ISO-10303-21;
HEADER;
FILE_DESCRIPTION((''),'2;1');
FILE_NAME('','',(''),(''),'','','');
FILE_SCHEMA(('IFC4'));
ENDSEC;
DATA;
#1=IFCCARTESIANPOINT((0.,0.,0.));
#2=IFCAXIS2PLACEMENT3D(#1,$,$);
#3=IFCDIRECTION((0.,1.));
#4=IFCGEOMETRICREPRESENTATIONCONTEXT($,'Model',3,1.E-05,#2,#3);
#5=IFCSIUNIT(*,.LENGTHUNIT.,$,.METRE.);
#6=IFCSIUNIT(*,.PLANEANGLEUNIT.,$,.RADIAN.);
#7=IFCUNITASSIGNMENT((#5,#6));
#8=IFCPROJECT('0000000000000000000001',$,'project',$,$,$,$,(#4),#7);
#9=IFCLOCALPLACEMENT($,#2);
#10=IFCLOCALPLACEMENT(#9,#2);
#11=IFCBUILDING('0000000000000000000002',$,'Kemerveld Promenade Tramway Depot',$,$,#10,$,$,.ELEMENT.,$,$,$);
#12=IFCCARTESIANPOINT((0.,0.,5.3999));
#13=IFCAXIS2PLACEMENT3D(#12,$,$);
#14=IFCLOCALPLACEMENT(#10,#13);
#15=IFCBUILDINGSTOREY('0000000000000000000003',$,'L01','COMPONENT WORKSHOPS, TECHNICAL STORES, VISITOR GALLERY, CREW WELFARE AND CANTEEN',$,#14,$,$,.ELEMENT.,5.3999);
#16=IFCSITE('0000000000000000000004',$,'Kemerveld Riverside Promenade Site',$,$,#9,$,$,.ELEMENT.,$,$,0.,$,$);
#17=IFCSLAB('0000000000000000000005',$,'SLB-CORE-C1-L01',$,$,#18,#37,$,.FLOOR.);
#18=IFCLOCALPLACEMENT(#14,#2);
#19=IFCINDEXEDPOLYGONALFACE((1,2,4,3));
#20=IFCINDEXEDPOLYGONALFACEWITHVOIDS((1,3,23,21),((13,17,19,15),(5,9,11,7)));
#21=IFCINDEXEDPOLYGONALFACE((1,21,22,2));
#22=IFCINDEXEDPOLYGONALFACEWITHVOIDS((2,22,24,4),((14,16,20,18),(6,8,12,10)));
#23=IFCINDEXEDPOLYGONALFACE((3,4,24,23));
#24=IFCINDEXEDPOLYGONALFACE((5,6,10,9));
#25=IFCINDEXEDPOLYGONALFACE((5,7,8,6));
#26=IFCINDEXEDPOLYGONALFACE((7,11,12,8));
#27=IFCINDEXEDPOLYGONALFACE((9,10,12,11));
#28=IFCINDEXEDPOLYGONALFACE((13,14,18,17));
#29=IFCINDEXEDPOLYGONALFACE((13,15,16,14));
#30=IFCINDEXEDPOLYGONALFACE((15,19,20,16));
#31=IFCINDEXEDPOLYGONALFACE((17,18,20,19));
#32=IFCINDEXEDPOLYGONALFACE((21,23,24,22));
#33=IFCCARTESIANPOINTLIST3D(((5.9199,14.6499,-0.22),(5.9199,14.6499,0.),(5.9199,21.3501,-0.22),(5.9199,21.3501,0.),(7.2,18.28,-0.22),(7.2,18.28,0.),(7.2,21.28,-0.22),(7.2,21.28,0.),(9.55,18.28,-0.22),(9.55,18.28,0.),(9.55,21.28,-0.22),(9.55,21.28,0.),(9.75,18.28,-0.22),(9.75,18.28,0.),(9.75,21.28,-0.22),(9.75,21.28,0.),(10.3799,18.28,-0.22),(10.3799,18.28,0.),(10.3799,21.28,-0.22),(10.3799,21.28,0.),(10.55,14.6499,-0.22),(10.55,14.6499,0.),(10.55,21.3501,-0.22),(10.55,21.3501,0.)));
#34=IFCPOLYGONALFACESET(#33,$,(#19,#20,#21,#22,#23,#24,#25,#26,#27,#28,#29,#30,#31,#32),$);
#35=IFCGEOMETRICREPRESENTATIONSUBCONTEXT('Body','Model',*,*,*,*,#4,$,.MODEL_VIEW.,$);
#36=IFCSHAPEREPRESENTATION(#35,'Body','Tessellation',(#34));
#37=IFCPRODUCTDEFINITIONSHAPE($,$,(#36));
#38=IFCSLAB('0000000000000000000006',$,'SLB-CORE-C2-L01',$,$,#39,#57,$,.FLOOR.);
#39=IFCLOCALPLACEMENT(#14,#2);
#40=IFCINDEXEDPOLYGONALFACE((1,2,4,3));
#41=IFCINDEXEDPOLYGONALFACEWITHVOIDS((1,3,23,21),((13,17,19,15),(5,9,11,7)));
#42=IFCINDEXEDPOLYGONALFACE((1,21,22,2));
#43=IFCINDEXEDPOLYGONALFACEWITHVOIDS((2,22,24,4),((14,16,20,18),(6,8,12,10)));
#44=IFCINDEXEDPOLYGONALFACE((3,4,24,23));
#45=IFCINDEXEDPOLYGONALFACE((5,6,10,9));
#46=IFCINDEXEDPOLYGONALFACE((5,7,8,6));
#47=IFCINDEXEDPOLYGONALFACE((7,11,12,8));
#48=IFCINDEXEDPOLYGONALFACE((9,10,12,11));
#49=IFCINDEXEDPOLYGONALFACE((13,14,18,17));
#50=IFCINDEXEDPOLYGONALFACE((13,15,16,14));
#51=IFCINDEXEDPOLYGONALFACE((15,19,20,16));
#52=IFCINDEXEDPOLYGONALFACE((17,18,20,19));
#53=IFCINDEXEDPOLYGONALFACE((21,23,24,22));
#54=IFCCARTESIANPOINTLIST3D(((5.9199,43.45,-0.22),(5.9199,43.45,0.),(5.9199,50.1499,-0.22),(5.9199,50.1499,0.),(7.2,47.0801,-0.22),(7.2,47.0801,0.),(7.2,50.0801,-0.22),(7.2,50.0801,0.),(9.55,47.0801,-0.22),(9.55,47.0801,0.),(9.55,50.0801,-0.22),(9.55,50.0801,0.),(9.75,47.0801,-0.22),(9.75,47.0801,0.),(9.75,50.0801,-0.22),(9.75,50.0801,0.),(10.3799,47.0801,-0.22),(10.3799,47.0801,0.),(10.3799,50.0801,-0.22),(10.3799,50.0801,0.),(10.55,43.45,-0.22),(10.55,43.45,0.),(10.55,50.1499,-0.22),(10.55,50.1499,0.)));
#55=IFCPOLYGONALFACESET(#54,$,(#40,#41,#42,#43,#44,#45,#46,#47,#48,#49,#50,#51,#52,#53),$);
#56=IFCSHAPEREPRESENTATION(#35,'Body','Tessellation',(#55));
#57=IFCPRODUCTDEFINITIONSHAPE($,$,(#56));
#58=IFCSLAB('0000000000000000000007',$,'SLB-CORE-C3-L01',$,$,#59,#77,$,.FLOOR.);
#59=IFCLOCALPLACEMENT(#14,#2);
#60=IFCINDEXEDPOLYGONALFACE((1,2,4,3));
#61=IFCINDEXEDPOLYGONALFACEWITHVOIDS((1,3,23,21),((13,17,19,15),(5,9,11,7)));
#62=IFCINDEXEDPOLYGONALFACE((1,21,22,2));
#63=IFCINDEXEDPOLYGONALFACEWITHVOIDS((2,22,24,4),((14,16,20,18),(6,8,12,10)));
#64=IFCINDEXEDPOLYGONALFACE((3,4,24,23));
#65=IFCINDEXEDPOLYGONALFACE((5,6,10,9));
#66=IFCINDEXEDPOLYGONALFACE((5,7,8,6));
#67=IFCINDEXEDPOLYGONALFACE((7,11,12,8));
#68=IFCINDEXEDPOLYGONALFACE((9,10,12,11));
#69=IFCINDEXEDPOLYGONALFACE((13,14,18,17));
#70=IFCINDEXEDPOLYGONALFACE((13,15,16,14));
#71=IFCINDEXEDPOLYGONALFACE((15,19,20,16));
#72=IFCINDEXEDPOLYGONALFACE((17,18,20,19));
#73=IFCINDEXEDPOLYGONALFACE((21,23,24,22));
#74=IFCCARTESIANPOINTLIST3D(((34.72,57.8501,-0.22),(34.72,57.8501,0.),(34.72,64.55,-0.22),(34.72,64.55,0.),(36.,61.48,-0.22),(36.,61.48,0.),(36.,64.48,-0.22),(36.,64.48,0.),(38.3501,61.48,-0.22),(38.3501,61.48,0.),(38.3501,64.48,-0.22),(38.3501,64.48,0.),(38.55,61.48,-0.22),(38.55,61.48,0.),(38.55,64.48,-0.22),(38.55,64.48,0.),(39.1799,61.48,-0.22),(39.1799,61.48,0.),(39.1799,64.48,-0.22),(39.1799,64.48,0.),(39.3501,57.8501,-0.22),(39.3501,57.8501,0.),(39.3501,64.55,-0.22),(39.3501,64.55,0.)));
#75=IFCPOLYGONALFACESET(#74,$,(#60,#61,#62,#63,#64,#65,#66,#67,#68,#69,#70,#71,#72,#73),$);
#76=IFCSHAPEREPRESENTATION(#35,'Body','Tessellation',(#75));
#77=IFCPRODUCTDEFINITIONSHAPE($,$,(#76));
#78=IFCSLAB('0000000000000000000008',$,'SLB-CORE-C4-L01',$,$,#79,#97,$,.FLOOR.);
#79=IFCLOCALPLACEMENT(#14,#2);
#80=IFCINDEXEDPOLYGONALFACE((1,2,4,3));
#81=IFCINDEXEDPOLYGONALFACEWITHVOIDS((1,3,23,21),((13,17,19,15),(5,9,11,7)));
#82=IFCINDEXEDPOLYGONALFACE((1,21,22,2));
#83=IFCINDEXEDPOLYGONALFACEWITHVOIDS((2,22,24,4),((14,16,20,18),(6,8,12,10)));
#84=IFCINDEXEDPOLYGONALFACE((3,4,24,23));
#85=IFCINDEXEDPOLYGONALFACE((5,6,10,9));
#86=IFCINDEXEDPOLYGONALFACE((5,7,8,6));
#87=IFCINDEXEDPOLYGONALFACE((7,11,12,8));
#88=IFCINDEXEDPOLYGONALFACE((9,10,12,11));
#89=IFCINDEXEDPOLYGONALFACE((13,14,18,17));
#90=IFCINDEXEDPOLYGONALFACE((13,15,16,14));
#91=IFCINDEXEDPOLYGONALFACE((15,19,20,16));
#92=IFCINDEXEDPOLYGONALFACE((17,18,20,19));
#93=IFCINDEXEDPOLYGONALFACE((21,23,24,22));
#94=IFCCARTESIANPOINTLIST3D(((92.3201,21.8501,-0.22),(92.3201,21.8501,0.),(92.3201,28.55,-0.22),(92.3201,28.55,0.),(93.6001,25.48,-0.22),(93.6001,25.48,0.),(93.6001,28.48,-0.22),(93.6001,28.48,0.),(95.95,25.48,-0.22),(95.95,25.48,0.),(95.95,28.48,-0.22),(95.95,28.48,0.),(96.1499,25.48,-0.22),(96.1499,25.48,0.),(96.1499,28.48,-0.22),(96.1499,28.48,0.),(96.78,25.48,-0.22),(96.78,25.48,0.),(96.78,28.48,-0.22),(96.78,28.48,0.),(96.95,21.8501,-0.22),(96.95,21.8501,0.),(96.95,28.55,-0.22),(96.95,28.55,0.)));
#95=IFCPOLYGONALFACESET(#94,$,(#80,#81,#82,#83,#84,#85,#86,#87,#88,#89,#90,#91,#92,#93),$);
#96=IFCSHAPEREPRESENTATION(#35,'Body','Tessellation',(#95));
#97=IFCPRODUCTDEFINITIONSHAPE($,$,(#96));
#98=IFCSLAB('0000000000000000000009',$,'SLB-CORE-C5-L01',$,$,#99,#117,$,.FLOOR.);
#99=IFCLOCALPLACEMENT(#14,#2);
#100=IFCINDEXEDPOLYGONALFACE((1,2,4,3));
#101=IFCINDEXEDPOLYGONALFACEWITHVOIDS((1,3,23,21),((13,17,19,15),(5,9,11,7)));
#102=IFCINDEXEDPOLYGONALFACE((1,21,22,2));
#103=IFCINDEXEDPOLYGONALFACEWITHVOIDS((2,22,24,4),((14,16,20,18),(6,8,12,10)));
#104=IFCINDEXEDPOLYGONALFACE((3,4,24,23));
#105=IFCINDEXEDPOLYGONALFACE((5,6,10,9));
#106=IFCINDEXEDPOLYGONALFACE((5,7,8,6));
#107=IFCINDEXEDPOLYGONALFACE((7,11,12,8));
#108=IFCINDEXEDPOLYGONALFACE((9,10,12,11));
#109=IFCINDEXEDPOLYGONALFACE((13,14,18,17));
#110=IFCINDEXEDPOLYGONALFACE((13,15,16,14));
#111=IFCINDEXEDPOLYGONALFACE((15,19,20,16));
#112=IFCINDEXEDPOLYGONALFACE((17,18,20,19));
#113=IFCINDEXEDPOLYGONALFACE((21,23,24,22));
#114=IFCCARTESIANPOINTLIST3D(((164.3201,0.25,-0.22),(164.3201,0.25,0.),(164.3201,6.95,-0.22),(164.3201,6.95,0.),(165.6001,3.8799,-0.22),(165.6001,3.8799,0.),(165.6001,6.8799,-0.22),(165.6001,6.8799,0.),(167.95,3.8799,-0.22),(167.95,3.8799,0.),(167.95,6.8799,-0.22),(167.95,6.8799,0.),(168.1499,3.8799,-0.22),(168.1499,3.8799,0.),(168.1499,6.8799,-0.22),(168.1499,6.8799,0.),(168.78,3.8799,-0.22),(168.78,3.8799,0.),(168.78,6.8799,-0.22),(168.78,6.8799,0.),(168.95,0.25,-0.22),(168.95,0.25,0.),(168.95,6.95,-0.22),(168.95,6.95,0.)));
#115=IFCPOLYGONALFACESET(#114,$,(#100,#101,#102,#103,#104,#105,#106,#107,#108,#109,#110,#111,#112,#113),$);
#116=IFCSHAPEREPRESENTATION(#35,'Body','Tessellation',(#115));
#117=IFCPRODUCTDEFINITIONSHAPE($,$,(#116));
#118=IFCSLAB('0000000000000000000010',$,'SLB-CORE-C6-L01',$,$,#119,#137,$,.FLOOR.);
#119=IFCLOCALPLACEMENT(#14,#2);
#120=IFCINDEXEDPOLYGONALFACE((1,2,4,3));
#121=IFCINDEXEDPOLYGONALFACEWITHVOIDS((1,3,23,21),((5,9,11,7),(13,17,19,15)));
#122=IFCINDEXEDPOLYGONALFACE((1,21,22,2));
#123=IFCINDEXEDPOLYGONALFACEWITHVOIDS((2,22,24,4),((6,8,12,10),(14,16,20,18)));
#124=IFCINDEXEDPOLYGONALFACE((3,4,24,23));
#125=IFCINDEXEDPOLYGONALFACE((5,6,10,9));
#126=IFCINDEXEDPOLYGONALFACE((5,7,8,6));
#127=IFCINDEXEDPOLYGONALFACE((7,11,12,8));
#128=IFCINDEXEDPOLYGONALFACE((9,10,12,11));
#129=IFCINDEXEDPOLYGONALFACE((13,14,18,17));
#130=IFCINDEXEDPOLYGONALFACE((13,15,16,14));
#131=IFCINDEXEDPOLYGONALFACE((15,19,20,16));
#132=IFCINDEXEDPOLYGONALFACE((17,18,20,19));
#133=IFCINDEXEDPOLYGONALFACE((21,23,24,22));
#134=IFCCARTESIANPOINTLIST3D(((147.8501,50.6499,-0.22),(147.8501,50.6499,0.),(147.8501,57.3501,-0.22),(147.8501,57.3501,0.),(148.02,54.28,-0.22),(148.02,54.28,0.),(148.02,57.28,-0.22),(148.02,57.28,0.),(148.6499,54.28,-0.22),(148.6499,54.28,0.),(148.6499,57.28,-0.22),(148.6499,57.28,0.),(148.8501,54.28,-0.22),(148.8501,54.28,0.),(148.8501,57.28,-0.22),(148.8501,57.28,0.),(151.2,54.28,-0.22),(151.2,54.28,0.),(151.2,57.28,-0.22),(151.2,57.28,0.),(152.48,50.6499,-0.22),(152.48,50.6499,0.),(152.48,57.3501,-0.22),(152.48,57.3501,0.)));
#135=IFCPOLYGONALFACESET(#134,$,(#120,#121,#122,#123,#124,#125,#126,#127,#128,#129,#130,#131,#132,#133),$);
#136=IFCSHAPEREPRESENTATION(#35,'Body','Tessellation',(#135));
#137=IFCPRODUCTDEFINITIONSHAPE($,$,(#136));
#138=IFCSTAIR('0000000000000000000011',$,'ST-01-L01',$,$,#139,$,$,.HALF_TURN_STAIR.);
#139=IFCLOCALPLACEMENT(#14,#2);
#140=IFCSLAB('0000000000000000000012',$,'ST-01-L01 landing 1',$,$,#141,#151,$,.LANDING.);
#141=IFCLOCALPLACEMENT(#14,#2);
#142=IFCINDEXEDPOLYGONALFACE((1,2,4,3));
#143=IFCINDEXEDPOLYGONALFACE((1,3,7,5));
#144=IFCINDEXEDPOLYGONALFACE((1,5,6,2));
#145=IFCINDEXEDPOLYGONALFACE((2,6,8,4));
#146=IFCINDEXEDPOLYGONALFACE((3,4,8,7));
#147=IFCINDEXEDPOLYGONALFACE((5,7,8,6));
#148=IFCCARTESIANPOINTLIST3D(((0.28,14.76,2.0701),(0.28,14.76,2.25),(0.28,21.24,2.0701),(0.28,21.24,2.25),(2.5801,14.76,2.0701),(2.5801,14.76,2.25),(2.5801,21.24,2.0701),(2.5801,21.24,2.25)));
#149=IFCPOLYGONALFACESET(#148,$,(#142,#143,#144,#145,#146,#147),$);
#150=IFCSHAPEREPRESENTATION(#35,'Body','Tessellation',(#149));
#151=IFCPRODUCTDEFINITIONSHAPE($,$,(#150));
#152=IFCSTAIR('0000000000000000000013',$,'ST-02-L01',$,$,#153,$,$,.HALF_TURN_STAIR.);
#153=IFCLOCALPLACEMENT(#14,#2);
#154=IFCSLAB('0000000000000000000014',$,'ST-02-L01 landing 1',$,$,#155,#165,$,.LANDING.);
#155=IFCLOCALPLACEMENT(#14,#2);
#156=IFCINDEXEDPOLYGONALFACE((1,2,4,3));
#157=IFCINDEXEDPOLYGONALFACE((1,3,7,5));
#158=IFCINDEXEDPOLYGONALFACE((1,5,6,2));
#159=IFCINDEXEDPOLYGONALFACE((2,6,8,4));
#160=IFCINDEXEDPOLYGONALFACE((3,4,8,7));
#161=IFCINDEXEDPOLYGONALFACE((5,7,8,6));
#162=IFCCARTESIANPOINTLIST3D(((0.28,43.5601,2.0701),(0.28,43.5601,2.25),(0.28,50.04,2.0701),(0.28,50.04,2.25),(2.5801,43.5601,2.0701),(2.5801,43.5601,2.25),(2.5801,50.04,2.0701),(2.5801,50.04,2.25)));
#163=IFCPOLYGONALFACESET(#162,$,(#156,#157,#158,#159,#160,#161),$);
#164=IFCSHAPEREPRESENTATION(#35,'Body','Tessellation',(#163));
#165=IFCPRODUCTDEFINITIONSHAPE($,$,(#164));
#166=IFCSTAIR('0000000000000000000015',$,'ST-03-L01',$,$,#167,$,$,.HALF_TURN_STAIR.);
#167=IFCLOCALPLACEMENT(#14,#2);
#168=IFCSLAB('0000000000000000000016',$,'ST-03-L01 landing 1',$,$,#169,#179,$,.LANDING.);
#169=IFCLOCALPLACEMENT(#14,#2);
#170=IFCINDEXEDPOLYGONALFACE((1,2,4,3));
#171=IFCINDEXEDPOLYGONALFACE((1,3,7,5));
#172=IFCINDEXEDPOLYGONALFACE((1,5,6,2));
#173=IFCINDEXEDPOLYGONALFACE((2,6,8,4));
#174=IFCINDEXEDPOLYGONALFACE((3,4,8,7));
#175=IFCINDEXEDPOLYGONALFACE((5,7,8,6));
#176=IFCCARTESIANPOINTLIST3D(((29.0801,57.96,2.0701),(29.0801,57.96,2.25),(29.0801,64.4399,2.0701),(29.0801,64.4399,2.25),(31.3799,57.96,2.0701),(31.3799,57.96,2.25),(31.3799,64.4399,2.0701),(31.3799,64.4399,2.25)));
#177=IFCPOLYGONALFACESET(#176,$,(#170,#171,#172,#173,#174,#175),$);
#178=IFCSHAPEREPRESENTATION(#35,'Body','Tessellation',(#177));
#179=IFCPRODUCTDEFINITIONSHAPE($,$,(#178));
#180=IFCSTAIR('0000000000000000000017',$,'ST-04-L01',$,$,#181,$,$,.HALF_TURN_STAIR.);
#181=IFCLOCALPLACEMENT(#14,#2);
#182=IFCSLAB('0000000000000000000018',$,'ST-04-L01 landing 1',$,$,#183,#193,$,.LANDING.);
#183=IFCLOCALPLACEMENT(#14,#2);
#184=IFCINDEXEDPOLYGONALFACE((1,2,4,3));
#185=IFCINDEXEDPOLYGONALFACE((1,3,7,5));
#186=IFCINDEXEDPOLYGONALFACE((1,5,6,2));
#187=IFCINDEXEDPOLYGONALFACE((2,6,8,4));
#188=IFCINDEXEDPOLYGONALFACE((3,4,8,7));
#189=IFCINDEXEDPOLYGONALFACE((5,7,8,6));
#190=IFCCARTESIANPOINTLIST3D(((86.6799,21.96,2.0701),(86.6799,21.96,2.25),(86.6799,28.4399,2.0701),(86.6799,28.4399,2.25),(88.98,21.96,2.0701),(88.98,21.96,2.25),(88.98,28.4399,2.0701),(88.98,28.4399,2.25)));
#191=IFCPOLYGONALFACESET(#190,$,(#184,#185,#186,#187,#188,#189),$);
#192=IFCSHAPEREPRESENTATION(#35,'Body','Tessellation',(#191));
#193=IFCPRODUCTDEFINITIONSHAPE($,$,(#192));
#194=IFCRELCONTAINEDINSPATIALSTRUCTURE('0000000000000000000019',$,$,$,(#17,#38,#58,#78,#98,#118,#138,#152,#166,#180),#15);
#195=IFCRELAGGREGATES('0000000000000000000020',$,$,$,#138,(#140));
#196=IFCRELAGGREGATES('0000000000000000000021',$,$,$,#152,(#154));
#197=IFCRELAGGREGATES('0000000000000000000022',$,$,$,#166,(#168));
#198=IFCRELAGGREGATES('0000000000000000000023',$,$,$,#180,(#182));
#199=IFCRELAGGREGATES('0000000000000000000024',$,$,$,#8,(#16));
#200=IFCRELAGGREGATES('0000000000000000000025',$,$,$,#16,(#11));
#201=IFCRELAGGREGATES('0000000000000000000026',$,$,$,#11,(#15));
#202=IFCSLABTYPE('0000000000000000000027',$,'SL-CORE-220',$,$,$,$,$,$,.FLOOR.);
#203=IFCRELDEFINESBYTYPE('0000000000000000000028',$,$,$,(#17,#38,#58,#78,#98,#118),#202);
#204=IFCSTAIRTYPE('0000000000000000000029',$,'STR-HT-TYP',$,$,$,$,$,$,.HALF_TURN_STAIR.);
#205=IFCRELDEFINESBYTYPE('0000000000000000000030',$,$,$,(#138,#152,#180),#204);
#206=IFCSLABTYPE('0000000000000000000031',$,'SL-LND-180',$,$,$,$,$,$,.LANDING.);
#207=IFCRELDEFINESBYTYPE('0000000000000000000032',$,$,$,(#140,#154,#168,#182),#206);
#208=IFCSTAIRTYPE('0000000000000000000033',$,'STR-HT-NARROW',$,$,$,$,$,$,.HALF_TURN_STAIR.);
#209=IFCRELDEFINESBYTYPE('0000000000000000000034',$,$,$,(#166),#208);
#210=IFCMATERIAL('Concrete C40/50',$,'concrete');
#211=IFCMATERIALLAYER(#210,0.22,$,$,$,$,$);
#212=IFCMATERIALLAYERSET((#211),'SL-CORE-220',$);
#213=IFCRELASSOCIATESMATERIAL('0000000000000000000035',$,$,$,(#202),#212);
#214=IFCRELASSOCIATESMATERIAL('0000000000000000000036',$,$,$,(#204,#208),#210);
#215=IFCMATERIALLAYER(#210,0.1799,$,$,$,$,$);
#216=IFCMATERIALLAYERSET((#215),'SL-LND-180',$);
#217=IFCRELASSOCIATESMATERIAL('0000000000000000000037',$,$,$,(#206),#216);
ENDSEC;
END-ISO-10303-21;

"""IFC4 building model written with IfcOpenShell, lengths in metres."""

from ifc_helpers import new_model, si_unit, direction, frame, origin, place, context, subcontext, project, spatial, polyline, outline, extrude, material, layer, layer_set, type_object, element, aggregate, save


model = new_model("IFC4")

# Units and contexts
model_context = context("Model", 3, precision=1e-05, world=origin(), true_north=direction((0.0, 1.0)))
body_context = subcontext(model_context, "Body", "Model", "MODEL_VIEW")
ifc_project = project(units=[si_unit("LENGTHUNIT", "METRE"), si_unit("PLANEANGLEUNIT", "RADIAN")], contexts=[model_context])

# Site, building, storey
site_placement = place(None, origin())
site = spatial("IfcSite", under=ifc_project, at=site_placement, Name="Kemerveld Riverside Promenade Site", CompositionType="ELEMENT", RefElevation=0.0)
building_placement = place(site_placement, origin())
building = spatial("IfcBuilding", under=site, at=building_placement, Name="Kemerveld Promenade Tramway Depot", CompositionType="ELEMENT")
storey_placement = place(building_placement, frame((0.0, 0.0, 5.3999)))
storey = spatial("IfcBuildingStorey", under=building, at=storey_placement, Name="L01", Description="COMPONENT WORKSHOPS, TECHNICAL STORES, VISITOR GALLERY, CREW WELFARE AND CANTEEN", CompositionType="ELEMENT", Elevation=5.3999)

# Slabs
ifc_material_1 = material(Name="Concrete C40/50", Category="concrete")
ifc_layer_1 = layer(ifc_material_1, 0.22)
ifc_layer_set_1 = layer_set([ifc_layer_1], Name="SL-CORE-220")
slab_type_1 = type_object("IfcSlabType", Name="SL-CORE-220", PredefinedType="FLOOR", material=ifc_layer_set_1)
slab_1_placement = place(storey_placement, frame((0.0, 0.0, -0.22)))
element("IfcSlab", 1, at=slab_1_placement, inside=storey, type_object=slab_type_1, Name="SLB-CORE-C1-L01", PredefinedType="FLOOR", context=body_context, shape_type="SweptSolid", body=[
    extrude(outline(polyline([(5.9199, 14.6499), (10.55, 14.6499), (10.55, 21.3501), (5.9199, 21.3501), (5.9199, 14.6499)]), holes=[polyline([(7.2, 18.28), (9.55, 18.28), (9.55, 21.28), (7.2, 21.28), (7.2, 18.28)]), polyline([(9.75, 18.28), (10.3799, 18.28), (10.3799, 21.28), (9.75, 21.28), (9.75, 18.28)])]), origin(), (0.0, 0.0, 1.0), 0.22),
])
slab_2_placement = place(storey_placement, frame((0.0, 0.0, -0.22)))
element("IfcSlab", 2, at=slab_2_placement, inside=storey, type_object=slab_type_1, Name="SLB-CORE-C2-L01", PredefinedType="FLOOR", context=body_context, shape_type="SweptSolid", body=[
    extrude(outline(polyline([(5.9199, 43.45), (10.55, 43.45), (10.55, 50.1499), (5.9199, 50.1499), (5.9199, 43.45)]), holes=[polyline([(7.2, 47.0801), (9.55, 47.0801), (9.55, 50.0801), (7.2, 50.0801), (7.2, 47.0801)]), polyline([(9.75, 47.0801), (10.3799, 47.0801), (10.3799, 50.0801), (9.75, 50.0801), (9.75, 47.0801)])]), origin(), (0.0, 0.0, 1.0), 0.22),
])
slab_3_placement = place(storey_placement, frame((0.0, 0.0, -0.22)))
element("IfcSlab", 3, at=slab_3_placement, inside=storey, type_object=slab_type_1, Name="SLB-CORE-C3-L01", PredefinedType="FLOOR", context=body_context, shape_type="SweptSolid", body=[
    extrude(outline(polyline([(34.72, 57.8501), (39.3501, 57.8501), (39.3501, 64.55), (34.72, 64.55), (34.72, 57.8501)]), holes=[polyline([(36.0, 61.48), (38.3501, 61.48), (38.3501, 64.48), (36.0, 64.48), (36.0, 61.48)]), polyline([(38.55, 61.48), (39.1799, 61.48), (39.1799, 64.48), (38.55, 64.48), (38.55, 61.48)])]), origin(), (0.0, 0.0, 1.0), 0.22),
])
slab_4_placement = place(storey_placement, frame((0.0, 0.0, -0.22)))
element("IfcSlab", 4, at=slab_4_placement, inside=storey, type_object=slab_type_1, Name="SLB-CORE-C4-L01", PredefinedType="FLOOR", context=body_context, shape_type="SweptSolid", body=[
    extrude(outline(polyline([(92.3201, 21.8501), (96.95, 21.8501), (96.95, 28.55), (92.3201, 28.55), (92.3201, 21.8501)]), holes=[polyline([(93.6001, 25.48), (95.95, 25.48), (95.95, 28.48), (93.6001, 28.48), (93.6001, 25.48)]), polyline([(96.1499, 25.48), (96.78, 25.48), (96.78, 28.48), (96.1499, 28.48), (96.1499, 25.48)])]), origin(), (0.0, 0.0, 1.0), 0.22),
])
slab_5_placement = place(storey_placement, frame((0.0, 0.0, -0.22)))
element("IfcSlab", 5, at=slab_5_placement, inside=storey, type_object=slab_type_1, Name="SLB-CORE-C5-L01", PredefinedType="FLOOR", context=body_context, shape_type="SweptSolid", body=[
    extrude(outline(polyline([(164.3201, 0.25), (168.95, 0.25), (168.95, 6.95), (164.3201, 6.95), (164.3201, 0.25)]), holes=[polyline([(165.6001, 3.8799), (167.95, 3.8799), (167.95, 6.8799), (165.6001, 6.8799), (165.6001, 3.8799)]), polyline([(168.1499, 3.8799), (168.78, 3.8799), (168.78, 6.8799), (168.1499, 6.8799), (168.1499, 3.8799)])]), origin(), (0.0, 0.0, 1.0), 0.22),
])
slab_6_placement = place(storey_placement, frame((0.0, 0.0, -0.22)))
element("IfcSlab", 6, at=slab_6_placement, inside=storey, type_object=slab_type_1, Name="SLB-CORE-C6-L01", PredefinedType="FLOOR", context=body_context, shape_type="SweptSolid", body=[
    extrude(outline(polyline([(147.8501, 50.6499), (152.48, 50.6499), (152.48, 57.3501), (147.8501, 57.3501), (147.8501, 50.6499)]), holes=[polyline([(148.8501, 54.28), (151.2, 54.28), (151.2, 57.28), (148.8501, 57.28), (148.8501, 54.28)]), polyline([(148.02, 54.28), (148.6499, 54.28), (148.6499, 57.28), (148.02, 57.28), (148.02, 54.28)])]), origin(), (0.0, 0.0, 1.0), 0.22),
])

# Stairs, slabs
stair_type_1 = type_object("IfcStairType", Name="STR-HT-TYP", PredefinedType="HALF_TURN_STAIR", material=ifc_material_1)
stair_1_placement = place(storey_placement, origin())
stair_1 = element("IfcStair", 7, at=stair_1_placement, inside=storey, type_object=stair_type_1, Name="ST-01-L01", PredefinedType="HALF_TURN_STAIR")
ifc_layer_2 = layer(ifc_material_1, 0.1799)
ifc_layer_set_2 = layer_set([ifc_layer_2], Name="SL-LND-180")
slab_type_2 = type_object("IfcSlabType", Name="SL-LND-180", PredefinedType="LANDING", material=ifc_layer_set_2)
slab_7_placement = place(storey_placement, frame((0.0, 0.0, 2.0701)))
slab_7 = element("IfcSlab", 8, at=slab_7_placement, type_object=slab_type_2, Name="ST-01-L01 landing 1", PredefinedType="LANDING", context=body_context, shape_type="SweptSolid", body=[
    extrude(outline(polyline([(0.28, 14.76), (2.5801, 14.76), (2.5801, 21.24), (0.28, 21.24), (0.28, 14.76)])), origin(), (0.0, 0.0, 1.0), 0.1799),
])
aggregate(stair_1, [slab_7])
stair_2_placement = place(storey_placement, origin())
stair_2 = element("IfcStair", 9, at=stair_2_placement, inside=storey, type_object=stair_type_1, Name="ST-02-L01", PredefinedType="HALF_TURN_STAIR")
slab_8_placement = place(storey_placement, frame((0.0, 0.0, 2.0701)))
slab_8 = element("IfcSlab", 10, at=slab_8_placement, type_object=slab_type_2, Name="ST-02-L01 landing 1", PredefinedType="LANDING", context=body_context, shape_type="SweptSolid", body=[
    extrude(outline(polyline([(0.28, 43.5601), (2.5801, 43.5601), (2.5801, 50.04), (0.28, 50.04), (0.28, 43.5601)])), origin(), (0.0, 0.0, 1.0), 0.1799),
])
aggregate(stair_2, [slab_8])
stair_type_2 = type_object("IfcStairType", Name="STR-HT-NARROW", PredefinedType="HALF_TURN_STAIR", material=ifc_material_1)
stair_3_placement = place(storey_placement, origin())
stair_3 = element("IfcStair", 11, at=stair_3_placement, inside=storey, type_object=stair_type_2, Name="ST-03-L01", PredefinedType="HALF_TURN_STAIR")
slab_9_placement = place(storey_placement, frame((0.0, 0.0, 2.0701)))
slab_9 = element("IfcSlab", 12, at=slab_9_placement, type_object=slab_type_2, Name="ST-03-L01 landing 1", PredefinedType="LANDING", context=body_context, shape_type="SweptSolid", body=[
    extrude(outline(polyline([(29.0801, 57.96), (31.3799, 57.96), (31.3799, 64.4399), (29.0801, 64.4399), (29.0801, 57.96)])), origin(), (0.0, 0.0, 1.0), 0.1799),
])
aggregate(stair_3, [slab_9])
stair_4_placement = place(storey_placement, origin())
stair_4 = element("IfcStair", 13, at=stair_4_placement, inside=storey, type_object=stair_type_1, Name="ST-04-L01", PredefinedType="HALF_TURN_STAIR")
slab_10_placement = place(storey_placement, frame((0.0, 0.0, 2.0701)))
slab_10 = element("IfcSlab", 14, at=slab_10_placement, type_object=slab_type_2, Name="ST-04-L01 landing 1", PredefinedType="LANDING", context=body_context, shape_type="SweptSolid", body=[
    extrude(outline(polyline([(86.6799, 21.96), (88.98, 21.96), (88.98, 28.4399), (86.6799, 28.4399), (86.6799, 21.96)])), origin(), (0.0, 0.0, 1.0), 0.1799),
])
aggregate(stair_4, [slab_10])

save(model, "model.ifc")
